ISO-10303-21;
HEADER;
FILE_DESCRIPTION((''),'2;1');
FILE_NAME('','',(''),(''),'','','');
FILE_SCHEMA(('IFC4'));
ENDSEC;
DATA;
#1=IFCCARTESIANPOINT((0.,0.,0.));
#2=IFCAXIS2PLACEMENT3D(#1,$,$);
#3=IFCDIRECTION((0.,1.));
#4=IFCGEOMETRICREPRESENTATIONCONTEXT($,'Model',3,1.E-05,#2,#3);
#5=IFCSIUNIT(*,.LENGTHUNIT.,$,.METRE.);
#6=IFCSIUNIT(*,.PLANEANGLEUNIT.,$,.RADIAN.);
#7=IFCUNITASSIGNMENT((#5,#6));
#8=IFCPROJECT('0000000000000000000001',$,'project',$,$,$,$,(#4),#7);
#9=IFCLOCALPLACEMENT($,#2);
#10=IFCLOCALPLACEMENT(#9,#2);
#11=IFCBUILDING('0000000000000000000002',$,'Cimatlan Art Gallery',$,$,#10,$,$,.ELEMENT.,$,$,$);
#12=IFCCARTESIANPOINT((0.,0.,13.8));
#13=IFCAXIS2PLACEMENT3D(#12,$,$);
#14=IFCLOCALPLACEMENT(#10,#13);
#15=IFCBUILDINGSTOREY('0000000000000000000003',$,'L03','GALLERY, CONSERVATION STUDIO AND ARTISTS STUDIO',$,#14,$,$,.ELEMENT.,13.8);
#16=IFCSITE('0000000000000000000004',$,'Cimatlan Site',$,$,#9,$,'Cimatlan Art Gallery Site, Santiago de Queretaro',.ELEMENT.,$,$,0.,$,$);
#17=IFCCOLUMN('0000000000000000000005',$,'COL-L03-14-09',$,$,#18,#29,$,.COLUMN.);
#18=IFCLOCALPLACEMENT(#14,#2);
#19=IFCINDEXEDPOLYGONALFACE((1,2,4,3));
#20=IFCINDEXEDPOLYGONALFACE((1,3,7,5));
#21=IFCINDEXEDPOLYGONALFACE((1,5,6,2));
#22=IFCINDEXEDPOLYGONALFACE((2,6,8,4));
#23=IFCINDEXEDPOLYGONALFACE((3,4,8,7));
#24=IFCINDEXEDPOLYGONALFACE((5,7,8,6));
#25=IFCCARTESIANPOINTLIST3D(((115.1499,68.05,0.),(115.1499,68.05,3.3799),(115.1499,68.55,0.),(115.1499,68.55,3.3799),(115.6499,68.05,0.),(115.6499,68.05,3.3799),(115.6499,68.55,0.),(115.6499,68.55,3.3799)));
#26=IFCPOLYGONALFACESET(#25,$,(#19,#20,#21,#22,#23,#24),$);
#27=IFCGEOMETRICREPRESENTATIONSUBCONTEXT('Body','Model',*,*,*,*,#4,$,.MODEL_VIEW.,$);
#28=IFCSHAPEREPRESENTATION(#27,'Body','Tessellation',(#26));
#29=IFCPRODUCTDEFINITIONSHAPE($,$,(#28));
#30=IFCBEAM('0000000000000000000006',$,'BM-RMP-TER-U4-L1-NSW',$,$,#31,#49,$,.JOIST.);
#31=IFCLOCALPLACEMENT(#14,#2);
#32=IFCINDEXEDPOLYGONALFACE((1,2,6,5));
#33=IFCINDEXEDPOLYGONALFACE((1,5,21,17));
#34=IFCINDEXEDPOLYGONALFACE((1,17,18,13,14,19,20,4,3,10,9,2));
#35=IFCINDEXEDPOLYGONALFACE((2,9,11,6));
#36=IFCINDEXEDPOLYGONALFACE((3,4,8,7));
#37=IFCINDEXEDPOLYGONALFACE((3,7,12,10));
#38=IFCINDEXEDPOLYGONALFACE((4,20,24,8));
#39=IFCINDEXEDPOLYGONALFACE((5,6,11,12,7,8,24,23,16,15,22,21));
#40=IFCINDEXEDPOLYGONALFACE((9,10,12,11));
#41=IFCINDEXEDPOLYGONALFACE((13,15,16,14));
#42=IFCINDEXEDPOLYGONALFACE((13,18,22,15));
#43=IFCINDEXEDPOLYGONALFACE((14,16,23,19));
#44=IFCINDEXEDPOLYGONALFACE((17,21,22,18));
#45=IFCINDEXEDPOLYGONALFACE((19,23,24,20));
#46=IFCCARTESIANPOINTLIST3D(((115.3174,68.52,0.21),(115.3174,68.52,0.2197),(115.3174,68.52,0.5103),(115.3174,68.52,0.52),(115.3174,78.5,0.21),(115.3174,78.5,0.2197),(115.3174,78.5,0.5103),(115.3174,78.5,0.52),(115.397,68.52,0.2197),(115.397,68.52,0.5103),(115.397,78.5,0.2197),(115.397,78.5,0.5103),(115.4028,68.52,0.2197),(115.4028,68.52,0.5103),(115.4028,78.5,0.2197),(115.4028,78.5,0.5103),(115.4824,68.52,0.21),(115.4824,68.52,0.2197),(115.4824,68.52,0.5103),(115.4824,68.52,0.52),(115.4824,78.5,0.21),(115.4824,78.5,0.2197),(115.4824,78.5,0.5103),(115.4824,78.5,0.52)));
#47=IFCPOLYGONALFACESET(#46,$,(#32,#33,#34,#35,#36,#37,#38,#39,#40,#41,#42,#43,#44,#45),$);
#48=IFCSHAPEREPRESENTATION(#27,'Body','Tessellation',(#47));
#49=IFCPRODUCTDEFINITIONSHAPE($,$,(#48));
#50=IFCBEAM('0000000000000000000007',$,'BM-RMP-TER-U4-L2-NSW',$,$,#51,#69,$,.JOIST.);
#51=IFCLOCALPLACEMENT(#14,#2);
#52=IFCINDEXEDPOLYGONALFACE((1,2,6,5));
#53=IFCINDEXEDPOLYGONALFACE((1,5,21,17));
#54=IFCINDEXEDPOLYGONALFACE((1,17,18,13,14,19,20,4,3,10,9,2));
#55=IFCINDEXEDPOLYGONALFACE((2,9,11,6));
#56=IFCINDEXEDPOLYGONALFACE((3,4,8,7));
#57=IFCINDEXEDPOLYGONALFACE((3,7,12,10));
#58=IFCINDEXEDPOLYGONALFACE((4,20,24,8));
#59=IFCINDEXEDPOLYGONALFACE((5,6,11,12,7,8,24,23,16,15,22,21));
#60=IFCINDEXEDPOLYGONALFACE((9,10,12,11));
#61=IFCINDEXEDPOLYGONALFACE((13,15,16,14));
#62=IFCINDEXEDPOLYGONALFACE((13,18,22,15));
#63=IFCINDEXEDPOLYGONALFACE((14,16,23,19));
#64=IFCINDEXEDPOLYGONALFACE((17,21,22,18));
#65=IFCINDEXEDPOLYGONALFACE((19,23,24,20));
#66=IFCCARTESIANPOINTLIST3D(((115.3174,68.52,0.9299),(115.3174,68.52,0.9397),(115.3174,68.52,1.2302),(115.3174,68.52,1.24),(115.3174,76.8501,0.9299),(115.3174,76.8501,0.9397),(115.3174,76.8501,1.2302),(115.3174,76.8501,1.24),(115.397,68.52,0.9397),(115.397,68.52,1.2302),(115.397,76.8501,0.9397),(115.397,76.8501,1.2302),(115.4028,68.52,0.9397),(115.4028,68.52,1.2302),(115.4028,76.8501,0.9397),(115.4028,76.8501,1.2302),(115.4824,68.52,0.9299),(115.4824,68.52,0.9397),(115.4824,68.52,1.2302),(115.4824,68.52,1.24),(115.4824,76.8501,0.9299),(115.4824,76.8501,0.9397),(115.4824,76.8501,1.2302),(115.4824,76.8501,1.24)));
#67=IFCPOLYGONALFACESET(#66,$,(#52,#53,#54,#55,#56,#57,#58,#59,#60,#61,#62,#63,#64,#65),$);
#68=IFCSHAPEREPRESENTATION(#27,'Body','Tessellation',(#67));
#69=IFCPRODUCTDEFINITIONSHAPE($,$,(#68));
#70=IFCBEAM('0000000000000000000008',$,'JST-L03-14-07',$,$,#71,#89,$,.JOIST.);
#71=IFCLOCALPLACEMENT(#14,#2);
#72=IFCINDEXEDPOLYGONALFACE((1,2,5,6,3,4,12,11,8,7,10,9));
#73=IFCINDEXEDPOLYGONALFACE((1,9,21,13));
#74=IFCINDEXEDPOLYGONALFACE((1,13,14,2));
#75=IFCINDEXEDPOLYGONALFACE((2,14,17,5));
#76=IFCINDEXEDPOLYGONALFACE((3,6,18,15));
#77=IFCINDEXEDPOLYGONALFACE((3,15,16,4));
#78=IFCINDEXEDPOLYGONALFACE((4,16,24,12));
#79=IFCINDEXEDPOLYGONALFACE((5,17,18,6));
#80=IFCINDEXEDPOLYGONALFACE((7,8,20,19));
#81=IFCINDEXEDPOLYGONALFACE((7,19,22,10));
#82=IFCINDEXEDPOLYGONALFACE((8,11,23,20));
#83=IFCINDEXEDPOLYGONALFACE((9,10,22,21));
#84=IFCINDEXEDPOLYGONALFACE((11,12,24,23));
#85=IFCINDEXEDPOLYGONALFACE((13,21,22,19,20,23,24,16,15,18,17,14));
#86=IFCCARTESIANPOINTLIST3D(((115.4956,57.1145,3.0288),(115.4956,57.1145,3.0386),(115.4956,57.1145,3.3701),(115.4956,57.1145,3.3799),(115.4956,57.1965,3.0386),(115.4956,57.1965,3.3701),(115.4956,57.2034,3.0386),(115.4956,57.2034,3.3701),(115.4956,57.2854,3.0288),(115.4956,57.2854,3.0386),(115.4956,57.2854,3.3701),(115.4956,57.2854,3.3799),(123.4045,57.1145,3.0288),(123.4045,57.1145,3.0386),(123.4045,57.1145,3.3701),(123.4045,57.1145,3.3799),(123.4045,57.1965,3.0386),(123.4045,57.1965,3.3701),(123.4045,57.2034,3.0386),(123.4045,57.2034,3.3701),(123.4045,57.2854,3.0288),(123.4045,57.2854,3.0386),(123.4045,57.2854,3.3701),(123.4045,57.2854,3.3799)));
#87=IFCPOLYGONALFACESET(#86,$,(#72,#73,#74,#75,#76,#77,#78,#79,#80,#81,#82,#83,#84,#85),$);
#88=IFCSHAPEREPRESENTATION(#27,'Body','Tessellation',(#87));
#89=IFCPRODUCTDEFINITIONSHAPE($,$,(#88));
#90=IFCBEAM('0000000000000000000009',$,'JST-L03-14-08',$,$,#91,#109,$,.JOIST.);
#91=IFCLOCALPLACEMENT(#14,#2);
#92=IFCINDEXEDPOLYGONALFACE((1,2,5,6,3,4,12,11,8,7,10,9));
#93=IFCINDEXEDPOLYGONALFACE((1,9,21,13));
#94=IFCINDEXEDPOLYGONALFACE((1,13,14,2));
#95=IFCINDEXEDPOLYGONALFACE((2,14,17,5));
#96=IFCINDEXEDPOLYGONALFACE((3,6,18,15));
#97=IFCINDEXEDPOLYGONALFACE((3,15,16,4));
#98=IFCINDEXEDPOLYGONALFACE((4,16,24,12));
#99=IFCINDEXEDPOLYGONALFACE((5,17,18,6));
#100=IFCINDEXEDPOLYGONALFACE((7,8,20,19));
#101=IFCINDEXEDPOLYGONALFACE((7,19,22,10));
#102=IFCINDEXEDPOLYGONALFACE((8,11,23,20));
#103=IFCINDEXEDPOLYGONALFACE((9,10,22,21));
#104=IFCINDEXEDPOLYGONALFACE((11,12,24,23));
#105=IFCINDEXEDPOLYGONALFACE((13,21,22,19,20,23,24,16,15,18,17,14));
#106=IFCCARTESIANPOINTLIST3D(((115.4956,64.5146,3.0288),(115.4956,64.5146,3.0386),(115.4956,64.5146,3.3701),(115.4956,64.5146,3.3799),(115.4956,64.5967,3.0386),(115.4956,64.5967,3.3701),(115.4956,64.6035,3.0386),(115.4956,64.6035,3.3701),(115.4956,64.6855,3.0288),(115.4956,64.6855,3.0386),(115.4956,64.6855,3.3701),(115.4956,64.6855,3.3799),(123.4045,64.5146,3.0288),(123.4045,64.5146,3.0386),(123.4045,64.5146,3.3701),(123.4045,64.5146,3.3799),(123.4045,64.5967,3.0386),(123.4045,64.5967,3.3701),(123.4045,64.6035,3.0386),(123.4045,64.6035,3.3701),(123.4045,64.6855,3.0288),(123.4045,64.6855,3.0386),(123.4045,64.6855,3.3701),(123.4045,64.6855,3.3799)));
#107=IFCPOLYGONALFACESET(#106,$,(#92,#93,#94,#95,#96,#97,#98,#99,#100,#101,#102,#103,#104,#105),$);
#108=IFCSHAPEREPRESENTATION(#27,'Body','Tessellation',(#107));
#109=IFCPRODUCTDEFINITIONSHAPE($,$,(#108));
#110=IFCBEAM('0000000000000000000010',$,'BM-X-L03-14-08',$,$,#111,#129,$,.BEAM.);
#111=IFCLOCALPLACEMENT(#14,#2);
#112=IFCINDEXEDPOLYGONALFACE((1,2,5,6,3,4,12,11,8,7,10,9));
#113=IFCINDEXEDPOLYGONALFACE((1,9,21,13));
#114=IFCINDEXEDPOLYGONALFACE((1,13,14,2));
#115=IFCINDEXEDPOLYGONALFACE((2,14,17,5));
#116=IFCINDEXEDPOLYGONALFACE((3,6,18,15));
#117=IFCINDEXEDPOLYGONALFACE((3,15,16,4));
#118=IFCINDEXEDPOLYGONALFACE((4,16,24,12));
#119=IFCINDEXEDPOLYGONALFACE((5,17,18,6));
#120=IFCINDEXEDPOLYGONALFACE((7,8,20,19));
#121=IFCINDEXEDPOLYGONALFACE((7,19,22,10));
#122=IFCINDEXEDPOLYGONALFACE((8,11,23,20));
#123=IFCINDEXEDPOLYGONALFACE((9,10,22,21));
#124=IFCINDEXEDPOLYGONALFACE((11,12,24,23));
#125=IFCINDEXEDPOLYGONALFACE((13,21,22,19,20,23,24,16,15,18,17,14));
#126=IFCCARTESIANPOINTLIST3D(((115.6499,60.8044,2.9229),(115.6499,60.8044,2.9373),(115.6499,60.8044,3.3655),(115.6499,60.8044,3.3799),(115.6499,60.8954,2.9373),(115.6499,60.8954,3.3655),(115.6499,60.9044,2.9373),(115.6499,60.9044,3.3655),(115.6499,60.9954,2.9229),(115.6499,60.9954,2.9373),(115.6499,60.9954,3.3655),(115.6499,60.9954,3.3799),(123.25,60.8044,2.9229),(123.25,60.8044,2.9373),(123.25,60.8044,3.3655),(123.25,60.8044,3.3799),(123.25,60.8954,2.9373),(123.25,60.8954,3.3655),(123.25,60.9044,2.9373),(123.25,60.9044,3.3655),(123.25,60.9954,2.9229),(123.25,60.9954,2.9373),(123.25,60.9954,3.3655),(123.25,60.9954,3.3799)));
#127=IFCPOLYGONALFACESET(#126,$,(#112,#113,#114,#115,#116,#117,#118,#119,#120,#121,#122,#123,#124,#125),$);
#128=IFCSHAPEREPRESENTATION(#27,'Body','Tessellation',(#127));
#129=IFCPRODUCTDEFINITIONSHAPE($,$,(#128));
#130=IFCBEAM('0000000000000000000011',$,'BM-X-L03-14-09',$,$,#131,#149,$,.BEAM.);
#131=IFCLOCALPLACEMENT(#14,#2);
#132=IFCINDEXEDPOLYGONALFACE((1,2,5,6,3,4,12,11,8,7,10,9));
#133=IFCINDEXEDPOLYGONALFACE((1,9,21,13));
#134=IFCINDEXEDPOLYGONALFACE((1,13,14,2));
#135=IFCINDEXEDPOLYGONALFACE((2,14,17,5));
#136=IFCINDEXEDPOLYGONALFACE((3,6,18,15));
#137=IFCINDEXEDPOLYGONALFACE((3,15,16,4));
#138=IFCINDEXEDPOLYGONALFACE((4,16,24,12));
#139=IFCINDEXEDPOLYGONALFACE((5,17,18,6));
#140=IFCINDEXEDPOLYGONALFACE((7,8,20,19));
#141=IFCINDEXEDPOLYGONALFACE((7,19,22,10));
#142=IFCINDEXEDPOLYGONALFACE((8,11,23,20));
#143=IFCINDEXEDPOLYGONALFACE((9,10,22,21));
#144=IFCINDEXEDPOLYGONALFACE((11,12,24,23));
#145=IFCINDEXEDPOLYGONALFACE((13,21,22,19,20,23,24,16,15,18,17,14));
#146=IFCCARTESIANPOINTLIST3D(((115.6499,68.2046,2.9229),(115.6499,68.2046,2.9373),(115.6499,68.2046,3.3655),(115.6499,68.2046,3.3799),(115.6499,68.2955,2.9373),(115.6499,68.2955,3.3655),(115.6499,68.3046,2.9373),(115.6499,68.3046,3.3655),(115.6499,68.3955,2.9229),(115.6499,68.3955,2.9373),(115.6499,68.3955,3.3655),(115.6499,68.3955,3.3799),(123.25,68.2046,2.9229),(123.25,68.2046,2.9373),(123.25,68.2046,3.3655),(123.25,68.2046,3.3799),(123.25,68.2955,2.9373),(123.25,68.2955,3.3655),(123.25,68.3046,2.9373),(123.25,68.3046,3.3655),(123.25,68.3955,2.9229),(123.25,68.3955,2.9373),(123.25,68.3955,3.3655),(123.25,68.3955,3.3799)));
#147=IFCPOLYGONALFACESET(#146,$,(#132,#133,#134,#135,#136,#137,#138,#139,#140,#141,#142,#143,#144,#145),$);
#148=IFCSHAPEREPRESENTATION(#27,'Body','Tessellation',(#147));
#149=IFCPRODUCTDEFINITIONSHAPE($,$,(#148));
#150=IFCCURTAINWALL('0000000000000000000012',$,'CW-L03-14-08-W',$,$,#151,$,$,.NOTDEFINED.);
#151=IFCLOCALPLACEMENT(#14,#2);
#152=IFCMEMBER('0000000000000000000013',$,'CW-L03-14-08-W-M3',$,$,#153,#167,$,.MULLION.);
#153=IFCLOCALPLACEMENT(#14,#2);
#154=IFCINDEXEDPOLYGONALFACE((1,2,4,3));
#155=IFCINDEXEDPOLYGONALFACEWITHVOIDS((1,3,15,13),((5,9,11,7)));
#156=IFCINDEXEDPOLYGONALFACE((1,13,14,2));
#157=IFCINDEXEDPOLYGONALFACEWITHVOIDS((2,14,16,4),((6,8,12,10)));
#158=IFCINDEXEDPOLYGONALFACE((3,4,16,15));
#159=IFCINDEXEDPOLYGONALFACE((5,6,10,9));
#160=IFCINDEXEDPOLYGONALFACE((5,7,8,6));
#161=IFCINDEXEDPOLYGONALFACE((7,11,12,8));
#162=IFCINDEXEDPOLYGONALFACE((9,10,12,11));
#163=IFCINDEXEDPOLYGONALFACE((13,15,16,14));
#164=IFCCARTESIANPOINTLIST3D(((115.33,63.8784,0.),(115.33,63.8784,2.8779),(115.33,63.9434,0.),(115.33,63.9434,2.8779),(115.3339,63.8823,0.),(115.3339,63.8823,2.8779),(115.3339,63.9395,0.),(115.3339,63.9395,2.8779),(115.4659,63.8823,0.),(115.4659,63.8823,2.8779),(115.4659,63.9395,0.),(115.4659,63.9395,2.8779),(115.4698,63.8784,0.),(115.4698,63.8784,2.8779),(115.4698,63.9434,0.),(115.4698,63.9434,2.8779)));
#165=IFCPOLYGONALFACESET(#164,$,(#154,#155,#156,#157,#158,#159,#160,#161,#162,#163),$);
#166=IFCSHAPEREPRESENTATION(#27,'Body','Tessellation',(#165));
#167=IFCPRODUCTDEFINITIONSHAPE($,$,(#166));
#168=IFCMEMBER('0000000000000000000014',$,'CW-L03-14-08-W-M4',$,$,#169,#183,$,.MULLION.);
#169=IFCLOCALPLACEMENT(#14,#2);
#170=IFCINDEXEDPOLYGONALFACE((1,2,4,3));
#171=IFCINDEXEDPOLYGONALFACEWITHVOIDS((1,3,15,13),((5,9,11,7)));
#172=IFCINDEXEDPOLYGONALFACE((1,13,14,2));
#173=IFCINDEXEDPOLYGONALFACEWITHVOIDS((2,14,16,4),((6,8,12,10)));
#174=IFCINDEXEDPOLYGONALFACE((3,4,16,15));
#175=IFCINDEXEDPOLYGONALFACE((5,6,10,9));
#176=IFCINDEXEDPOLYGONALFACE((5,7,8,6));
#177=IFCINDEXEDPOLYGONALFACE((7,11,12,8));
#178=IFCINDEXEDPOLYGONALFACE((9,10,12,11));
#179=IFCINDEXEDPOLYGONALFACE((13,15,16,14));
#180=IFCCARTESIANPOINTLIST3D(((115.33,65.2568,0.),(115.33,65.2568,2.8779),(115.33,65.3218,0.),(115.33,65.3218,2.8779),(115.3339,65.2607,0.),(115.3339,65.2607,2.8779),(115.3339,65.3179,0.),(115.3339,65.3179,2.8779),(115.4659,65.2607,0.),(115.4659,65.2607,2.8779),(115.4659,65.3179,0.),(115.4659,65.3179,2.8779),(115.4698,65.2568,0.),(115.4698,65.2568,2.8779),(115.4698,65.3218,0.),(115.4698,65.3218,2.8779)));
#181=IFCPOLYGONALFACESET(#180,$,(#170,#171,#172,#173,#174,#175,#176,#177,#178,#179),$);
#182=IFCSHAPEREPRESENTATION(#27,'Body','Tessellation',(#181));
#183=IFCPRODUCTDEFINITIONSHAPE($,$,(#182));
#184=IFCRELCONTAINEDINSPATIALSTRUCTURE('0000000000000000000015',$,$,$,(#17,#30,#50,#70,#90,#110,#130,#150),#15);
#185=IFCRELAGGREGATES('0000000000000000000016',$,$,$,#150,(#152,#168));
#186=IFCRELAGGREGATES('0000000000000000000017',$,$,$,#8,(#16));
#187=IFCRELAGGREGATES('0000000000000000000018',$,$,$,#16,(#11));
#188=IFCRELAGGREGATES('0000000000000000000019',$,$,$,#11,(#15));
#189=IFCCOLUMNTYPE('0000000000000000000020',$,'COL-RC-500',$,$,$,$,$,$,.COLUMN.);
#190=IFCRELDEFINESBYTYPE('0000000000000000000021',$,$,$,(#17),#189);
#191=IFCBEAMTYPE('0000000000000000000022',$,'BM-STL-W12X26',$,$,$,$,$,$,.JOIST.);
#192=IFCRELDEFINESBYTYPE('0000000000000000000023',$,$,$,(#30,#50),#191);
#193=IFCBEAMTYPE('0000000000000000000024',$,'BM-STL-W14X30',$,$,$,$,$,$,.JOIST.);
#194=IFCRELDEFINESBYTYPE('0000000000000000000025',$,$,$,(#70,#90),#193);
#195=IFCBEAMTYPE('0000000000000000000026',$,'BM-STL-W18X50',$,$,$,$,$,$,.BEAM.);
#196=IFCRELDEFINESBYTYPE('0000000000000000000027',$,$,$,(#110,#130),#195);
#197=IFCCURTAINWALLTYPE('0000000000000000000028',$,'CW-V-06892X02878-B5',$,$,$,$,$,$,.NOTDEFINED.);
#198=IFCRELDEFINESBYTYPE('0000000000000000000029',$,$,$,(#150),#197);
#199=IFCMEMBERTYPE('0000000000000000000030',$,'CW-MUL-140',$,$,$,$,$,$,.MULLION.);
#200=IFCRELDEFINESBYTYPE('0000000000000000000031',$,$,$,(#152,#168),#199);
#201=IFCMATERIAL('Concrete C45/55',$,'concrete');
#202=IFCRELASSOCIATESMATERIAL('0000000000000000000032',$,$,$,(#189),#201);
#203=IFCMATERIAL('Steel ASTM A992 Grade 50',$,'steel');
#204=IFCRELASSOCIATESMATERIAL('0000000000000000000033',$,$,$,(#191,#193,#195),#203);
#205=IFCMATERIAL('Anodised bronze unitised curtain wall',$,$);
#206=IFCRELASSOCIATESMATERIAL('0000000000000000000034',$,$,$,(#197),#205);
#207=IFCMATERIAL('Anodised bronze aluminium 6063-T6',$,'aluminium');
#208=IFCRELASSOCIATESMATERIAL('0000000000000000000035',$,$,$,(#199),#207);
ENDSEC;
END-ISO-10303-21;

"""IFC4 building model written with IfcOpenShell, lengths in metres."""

from ifc_helpers import new_model, si_unit, direction, frame, origin, origin_2d, place, context, subcontext, project, spatial, rectangle, hollow_rectangle, i_section, extrude, material, material_profile, profile_set, type_object, element, aggregate, save


model = new_model("IFC4")

# Units and contexts
model_context = context("Model", 3, precision=1e-05, world=origin(), true_north=direction((0.0, 1.0)))
body_context = subcontext(model_context, "Body", "Model", "MODEL_VIEW")
ifc_project = project(units=[si_unit("LENGTHUNIT", "METRE"), si_unit("PLANEANGLEUNIT", "RADIAN")], contexts=[model_context])

# Site, building, storey
site_placement = place(None, origin())
site = spatial("IfcSite", under=ifc_project, at=site_placement, Name="Cimatlan Site", LongName="Cimatlan Art Gallery Site, Santiago de Queretaro", CompositionType="ELEMENT", RefElevation=0.0)
building_placement = place(site_placement, origin())
building = spatial("IfcBuilding", under=site, at=building_placement, Name="Cimatlan Art Gallery", CompositionType="ELEMENT")
storey_placement = place(building_placement, frame((0.0, 0.0, 13.8)))
storey = spatial("IfcBuildingStorey", under=building, at=storey_placement, Name="L03", Description="GALLERY, CONSERVATION STUDIO AND ARTISTS STUDIO", CompositionType="ELEMENT", Elevation=13.8)

# Column
ifc_material_1 = material(Name="Concrete C45/55", Category="concrete")
ifc_material_profile_1 = material_profile(ifc_material_1, rectangle(XDim=0.5, YDim=0.5, at=origin_2d()), Name="RC500X500")
ifc_profile_set_1 = profile_set([ifc_material_profile_1], Name="Concrete C45/55")
column_type = type_object("IfcColumnType", Name="COL-RC-500", PredefinedType="COLUMN", material=ifc_profile_set_1)
column_placement = place(storey_placement, frame((115.3999, 68.3, 0.0), z_axis=(0.0, 0.0, 1.0), x_axis=(1.0, 0.0, 0.0)))
element("IfcColumn", 1, at=column_placement, inside=storey, type_object=column_type, Name="COL-L03-14-09", PredefinedType="COLUMN", context=body_context, shape_type="SweptSolid", body=[
    extrude(rectangle(XDim=0.5, YDim=0.5, at=origin_2d()), origin(), (0.0, 0.0, 1.0), 3.3799),
])

# Beams
ifc_material_2 = material(Name="Steel ASTM A992 Grade 50", Category="steel")
ifc_material_profile_2 = material_profile(ifc_material_2, i_section(OverallWidth=0.165, OverallDepth=0.3101, WebThickness=0.0059, FlangeThickness=0.0098, at=origin_2d()), Name="W12X26")
ifc_profile_set_2 = profile_set([ifc_material_profile_2], Name="Steel ASTM A992 Grade 50")
beam_type_1 = type_object("IfcBeamType", Name="BM-STL-W12X26", PredefinedType="JOIST", material=ifc_profile_set_2)
beam_1_placement = place(storey_placement, frame((115.3999, 68.52, 0.365), z_axis=(0.0, 1.0, 0.0), x_axis=(-1.0, 0.0, 0.0)))
element("IfcBeam", 2, at=beam_1_placement, inside=storey, type_object=beam_type_1, Name="BM-RMP-TER-U4-L1-NSW", PredefinedType="JOIST", context=body_context, shape_type="SweptSolid", body=[
    extrude(i_section(OverallWidth=0.165, OverallDepth=0.3101, WebThickness=0.0059, FlangeThickness=0.0098, at=origin_2d()), origin(), (0.0, 0.0, 1.0), 9.98),
])
beam_2_placement = place(storey_placement, frame((115.3999, 68.52, 1.085), z_axis=(0.0, 1.0, 0.0), x_axis=(-1.0, 0.0, 0.0)))
element("IfcBeam", 3, at=beam_2_placement, inside=storey, type_object=beam_type_1, Name="BM-RMP-TER-U4-L2-NSW", PredefinedType="JOIST", context=body_context, shape_type="SweptSolid", body=[
    extrude(i_section(OverallWidth=0.165, OverallDepth=0.3101, WebThickness=0.0059, FlangeThickness=0.0098, at=origin_2d()), origin(), (0.0, 0.0, 1.0), 8.3301),
])
ifc_material_profile_3 = material_profile(ifc_material_2, i_section(OverallWidth=0.1709, OverallDepth=0.3511, WebThickness=0.0068, FlangeThickness=0.0098, at=origin_2d()), Name="W14X30")
ifc_profile_set_3 = profile_set([ifc_material_profile_3], Name="Steel ASTM A992 Grade 50")
beam_type_2 = type_object("IfcBeamType", Name="BM-STL-W14X30", PredefinedType="JOIST", material=ifc_profile_set_3)
for number, where, z_axis, x_axis, name in (
    (4, (115.4956, 57.2, 3.2043), (1.0, 0.0, 0.0), (0.0, 1.0, 0.0), "JST-L03-14-07"),
    (5, (115.4956, 64.6001, 3.2043), (1.0, 0.0, 0.0), (0.0, 1.0, 0.0), "JST-L03-14-08"),
):
    element("IfcBeam", number, at=place(storey_placement, frame(where, z_axis=z_axis, x_axis=x_axis)), inside=storey, type_object=beam_type_2, Name=name, PredefinedType="JOIST", context=body_context, shape_type="SweptSolid", body=[
        extrude(i_section(OverallWidth=0.1709, OverallDepth=0.3511, WebThickness=0.0068, FlangeThickness=0.0098, at=origin_2d()), origin(), (0.0, 0.0, 1.0), 7.9089),
    ])
ifc_material_profile_4 = material_profile(ifc_material_2, i_section(OverallWidth=0.1909, OverallDepth=0.457, WebThickness=0.009, FlangeThickness=0.0144, at=origin_2d()), Name="W18X50")
ifc_profile_set_4 = profile_set([ifc_material_profile_4], Name="Steel ASTM A992 Grade 50")
beam_type_3 = type_object("IfcBeamType", Name="BM-STL-W18X50", PredefinedType="BEAM", material=ifc_profile_set_4)
for number, where, z_axis, x_axis, name in (
    (6, (115.6499, 60.8999, 3.1514), (1.0, 0.0, 0.0), (0.0, 1.0, 0.0), "BM-X-L03-14-08"),
    (7, (115.6499, 68.3, 3.1514), (1.0, 0.0, 0.0), (0.0, 1.0, 0.0), "BM-X-L03-14-09"),
):
    element("IfcBeam", number, at=place(storey_placement, frame(where, z_axis=z_axis, x_axis=x_axis)), inside=storey, type_object=beam_type_3, Name=name, PredefinedType="BEAM", context=body_context, shape_type="SweptSolid", body=[
        extrude(i_section(OverallWidth=0.1909, OverallDepth=0.457, WebThickness=0.009, FlangeThickness=0.0144, at=origin_2d()), origin(), (0.0, 0.0, 1.0), 7.6001),
    ])

# Curtain wall, members
ifc_material_3 = material(Name="Anodised bronze unitised curtain wall")
curtain_wall_type = type_object("IfcCurtainWallType", Name="CW-V-06892X02878-B5", PredefinedType="NOTDEFINED", material=ifc_material_3)
curtain_wall_placement = place(storey_placement, origin())
curtain_wall = element("IfcCurtainWall", 8, at=curtain_wall_placement, inside=storey, type_object=curtain_wall_type, Name="CW-L03-14-08-W", PredefinedType="NOTDEFINED")
ifc_material_4 = material(Name="Anodised bronze aluminium 6063-T6", Category="aluminium")
ifc_material_profile_5 = material_profile(ifc_material_4, hollow_rectangle(XDim=0.0649, YDim=0.1399, WallThickness=0.0039, at=origin_2d()), Name="ALU65X140X4")
ifc_profile_set_5 = profile_set([ifc_material_profile_5], Name="Anodised bronze aluminium 6063-T6")
member_type = type_object("IfcMemberType", Name="CW-MUL-140", PredefinedType="MULLION", material=ifc_profile_set_5)
member_1_placement = place(storey_placement, frame((115.3999, 63.9109, 0.0), z_axis=(0.0, 0.0, 1.0), x_axis=(0.0, 1.0, 0.0)))
member_1 = element("IfcMember", 9, at=member_1_placement, type_object=member_type, Name="CW-L03-14-08-W-M3", PredefinedType="MULLION", context=body_context, shape_type="SweptSolid", body=[
    extrude(hollow_rectangle(XDim=0.0649, YDim=0.1399, WallThickness=0.0039, at=origin_2d()), origin(), (0.0, 0.0, 1.0), 2.8779),
])
member_2_placement = place(storey_placement, frame((115.3999, 65.2893, 0.0), z_axis=(0.0, 0.0, 1.0), x_axis=(0.0, 1.0, 0.0)))
member_2 = element("IfcMember", 10, at=member_2_placement, type_object=member_type, Name="CW-L03-14-08-W-M4", PredefinedType="MULLION", context=body_context, shape_type="SweptSolid", body=[
    extrude(hollow_rectangle(XDim=0.0649, YDim=0.1399, WallThickness=0.0039, at=origin_2d()), origin(), (0.0, 0.0, 1.0), 2.8779),
])
aggregate(curtain_wall, [member_1, member_2])

save(model, "model.ifc")
